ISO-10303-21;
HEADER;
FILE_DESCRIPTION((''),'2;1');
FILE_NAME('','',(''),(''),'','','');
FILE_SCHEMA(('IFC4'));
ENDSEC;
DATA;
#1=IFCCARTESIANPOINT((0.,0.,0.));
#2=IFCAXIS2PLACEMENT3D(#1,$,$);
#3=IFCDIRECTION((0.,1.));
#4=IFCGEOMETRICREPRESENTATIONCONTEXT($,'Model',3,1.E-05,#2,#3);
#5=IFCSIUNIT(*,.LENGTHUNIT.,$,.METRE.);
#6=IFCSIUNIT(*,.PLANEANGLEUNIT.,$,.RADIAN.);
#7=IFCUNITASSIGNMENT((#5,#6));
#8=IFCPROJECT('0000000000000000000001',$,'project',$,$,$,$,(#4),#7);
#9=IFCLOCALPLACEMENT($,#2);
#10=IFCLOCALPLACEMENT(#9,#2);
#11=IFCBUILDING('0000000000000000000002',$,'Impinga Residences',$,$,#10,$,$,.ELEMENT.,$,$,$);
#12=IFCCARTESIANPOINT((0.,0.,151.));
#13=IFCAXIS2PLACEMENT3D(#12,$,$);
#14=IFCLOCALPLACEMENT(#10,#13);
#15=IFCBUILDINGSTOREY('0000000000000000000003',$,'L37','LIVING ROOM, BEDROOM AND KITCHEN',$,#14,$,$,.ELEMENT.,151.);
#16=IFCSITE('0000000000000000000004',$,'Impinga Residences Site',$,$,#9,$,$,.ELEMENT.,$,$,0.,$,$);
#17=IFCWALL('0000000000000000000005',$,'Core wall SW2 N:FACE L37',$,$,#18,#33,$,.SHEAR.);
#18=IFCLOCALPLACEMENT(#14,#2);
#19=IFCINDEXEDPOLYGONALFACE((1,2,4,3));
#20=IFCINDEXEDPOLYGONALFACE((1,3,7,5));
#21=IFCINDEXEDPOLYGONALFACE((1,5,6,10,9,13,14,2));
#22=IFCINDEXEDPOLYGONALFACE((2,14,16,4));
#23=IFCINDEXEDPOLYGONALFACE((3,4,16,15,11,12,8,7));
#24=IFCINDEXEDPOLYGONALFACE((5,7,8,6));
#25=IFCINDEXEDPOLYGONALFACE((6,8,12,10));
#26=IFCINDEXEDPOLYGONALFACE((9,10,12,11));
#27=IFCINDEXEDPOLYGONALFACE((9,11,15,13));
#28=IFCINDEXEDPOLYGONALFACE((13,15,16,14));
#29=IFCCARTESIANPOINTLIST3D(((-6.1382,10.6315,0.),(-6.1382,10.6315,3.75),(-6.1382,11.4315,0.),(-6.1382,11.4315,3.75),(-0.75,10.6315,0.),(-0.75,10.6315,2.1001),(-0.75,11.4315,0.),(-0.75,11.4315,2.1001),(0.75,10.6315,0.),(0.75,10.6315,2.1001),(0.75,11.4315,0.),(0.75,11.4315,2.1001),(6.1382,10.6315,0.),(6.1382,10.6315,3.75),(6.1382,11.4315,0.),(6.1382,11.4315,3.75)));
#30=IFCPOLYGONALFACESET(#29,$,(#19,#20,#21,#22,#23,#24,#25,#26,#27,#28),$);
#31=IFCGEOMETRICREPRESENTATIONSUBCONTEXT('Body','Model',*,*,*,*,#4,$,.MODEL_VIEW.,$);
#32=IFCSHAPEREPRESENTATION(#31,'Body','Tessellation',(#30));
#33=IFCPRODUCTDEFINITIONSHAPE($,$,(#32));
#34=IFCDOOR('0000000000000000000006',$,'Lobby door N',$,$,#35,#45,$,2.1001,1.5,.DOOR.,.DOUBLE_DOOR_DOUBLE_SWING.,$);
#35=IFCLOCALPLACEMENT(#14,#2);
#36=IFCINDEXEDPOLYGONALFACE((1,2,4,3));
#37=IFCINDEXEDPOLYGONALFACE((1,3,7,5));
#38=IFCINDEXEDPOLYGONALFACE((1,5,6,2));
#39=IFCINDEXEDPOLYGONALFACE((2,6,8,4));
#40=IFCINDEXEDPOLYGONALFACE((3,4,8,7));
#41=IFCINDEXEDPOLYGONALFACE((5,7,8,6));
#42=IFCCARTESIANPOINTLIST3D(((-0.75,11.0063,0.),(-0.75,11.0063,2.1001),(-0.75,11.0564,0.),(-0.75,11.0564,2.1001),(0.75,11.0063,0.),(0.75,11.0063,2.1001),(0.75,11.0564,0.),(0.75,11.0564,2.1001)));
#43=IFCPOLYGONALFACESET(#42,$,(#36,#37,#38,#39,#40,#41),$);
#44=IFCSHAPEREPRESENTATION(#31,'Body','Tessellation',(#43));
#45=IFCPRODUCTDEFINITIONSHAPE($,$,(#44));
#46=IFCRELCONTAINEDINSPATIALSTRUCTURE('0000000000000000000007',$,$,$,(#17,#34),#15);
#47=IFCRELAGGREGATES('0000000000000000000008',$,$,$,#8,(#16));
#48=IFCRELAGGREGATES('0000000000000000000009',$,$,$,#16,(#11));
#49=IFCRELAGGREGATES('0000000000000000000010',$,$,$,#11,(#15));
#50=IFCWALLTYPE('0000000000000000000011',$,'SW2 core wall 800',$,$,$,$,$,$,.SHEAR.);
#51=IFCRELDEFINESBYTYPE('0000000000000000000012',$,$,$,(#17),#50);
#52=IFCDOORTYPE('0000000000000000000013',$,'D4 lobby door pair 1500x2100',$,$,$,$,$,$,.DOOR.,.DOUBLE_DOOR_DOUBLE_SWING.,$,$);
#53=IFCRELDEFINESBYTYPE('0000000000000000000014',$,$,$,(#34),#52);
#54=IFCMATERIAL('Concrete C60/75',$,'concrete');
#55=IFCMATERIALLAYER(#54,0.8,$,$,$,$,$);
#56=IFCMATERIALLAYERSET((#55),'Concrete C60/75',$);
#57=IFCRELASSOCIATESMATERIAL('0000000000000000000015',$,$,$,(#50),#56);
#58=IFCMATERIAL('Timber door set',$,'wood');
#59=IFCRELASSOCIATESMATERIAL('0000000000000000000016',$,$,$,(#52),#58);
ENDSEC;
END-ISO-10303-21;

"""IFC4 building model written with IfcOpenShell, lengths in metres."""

from ifc_helpers import new_model, si_unit, direction, frame, frame_2d, origin, place, context, subcontext, project, spatial, rectangle, extrude, material, layer, layer_set, type_object, element, fill, save


model = new_model("IFC4")

# Units and contexts
model_context = context("Model", 3, precision=1e-05, world=origin(), true_north=direction((0.0, 1.0)))
body_context = subcontext(model_context, "Body", "Model", "MODEL_VIEW")
ifc_project = project(units=[si_unit("LENGTHUNIT", "METRE"), si_unit("PLANEANGLEUNIT", "RADIAN")], contexts=[model_context])

# Site, building, storey
site_placement = place(None, origin())
site = spatial("IfcSite", under=ifc_project, at=site_placement, Name="Impinga Residences Site", CompositionType="ELEMENT", RefElevation=0.0)
building_placement = place(site_placement, origin())
building = spatial("IfcBuilding", under=site, at=building_placement, Name="Impinga Residences", CompositionType="ELEMENT")
storey_placement = place(building_placement, frame((0.0, 0.0, 151.0)))
storey = spatial("IfcBuildingStorey", under=building, at=storey_placement, Name="L37", Description="LIVING ROOM, BEDROOM AND KITCHEN", CompositionType="ELEMENT", Elevation=151.0)

# Shared definitions
ifc_material_1 = material(Name="Concrete C60/75", Category="concrete")

# Wall, opening, door
ifc_layer_1 = layer(ifc_material_1, 0.8)
ifc_layer_set_1 = layer_set([ifc_layer_1], Name="Concrete C60/75")
wall_type_1 = type_object("IfcWallType", Name="SW2 core wall 800", PredefinedType="SHEAR", material=ifc_layer_set_1)
wall_1_placement = place(storey_placement, frame((-6.1382, 11.0315, 0.0), z_axis=(0.0, 0.0, 1.0), x_axis=(1.0, 0.0, 0.0)))
wall_1 = element("IfcWall", 1, at=wall_1_placement, inside=storey, type_object=wall_type_1, Name="Core wall SW2 N:FACE L37", PredefinedType="SHEAR", context=body_context, shape_type="SweptSolid", body=[
    extrude(rectangle(XDim=12.2764, YDim=0.8, at=frame_2d((6.1382, 0.0))), origin(), (0.0, 0.0, 1.0), 3.75),
])
opening_1_placement = place(wall_1_placement, frame((5.3882, 0.0, 0.0)))
opening_1 = element("IfcOpeningElement", 2, at=opening_1_placement, cuts=wall_1, PredefinedType="OPENING", context=body_context, shape_type="SweptSolid", body=[
    extrude(rectangle(XDim=1.5, YDim=2.1001, at=frame_2d((0.75, 1.05))), frame((0.0, 0.4099, 0.0), z_axis=(0.0, -1.0, 0.0), x_axis=(1.0, 0.0, 0.0)), (0.0, 0.0, 1.0), 0.8201),
])
ifc_material_2 = material(Name="Timber door set", Category="wood")
door_type = type_object("IfcDoorType", Name="D4 lobby door pair 1500x2100", OperationType="DOUBLE_DOOR_DOUBLE_SWING", PredefinedType="DOOR", material=ifc_material_2)
door_placement = place(opening_1_placement, origin())
door = element("IfcDoor", 3, at=door_placement, inside=storey, type_object=door_type, Name="Lobby door N", OperationType="DOUBLE_DOOR_DOUBLE_SWING", OverallHeight=2.1001, OverallWidth=1.5, PredefinedType="DOOR", context=body_context, shape_type="SweptSolid", body=[
    extrude(rectangle(XDim=1.5, YDim=2.1001, at=frame_2d((0.75, 1.05))), frame((0.0, 0.0249, 0.0), z_axis=(0.0, -1.0, 0.0), x_axis=(1.0, 0.0, 0.0)), (0.0, 0.0, 1.0), 0.05),
])
fill(opening_1, door)

save(model, "model.ifc")
